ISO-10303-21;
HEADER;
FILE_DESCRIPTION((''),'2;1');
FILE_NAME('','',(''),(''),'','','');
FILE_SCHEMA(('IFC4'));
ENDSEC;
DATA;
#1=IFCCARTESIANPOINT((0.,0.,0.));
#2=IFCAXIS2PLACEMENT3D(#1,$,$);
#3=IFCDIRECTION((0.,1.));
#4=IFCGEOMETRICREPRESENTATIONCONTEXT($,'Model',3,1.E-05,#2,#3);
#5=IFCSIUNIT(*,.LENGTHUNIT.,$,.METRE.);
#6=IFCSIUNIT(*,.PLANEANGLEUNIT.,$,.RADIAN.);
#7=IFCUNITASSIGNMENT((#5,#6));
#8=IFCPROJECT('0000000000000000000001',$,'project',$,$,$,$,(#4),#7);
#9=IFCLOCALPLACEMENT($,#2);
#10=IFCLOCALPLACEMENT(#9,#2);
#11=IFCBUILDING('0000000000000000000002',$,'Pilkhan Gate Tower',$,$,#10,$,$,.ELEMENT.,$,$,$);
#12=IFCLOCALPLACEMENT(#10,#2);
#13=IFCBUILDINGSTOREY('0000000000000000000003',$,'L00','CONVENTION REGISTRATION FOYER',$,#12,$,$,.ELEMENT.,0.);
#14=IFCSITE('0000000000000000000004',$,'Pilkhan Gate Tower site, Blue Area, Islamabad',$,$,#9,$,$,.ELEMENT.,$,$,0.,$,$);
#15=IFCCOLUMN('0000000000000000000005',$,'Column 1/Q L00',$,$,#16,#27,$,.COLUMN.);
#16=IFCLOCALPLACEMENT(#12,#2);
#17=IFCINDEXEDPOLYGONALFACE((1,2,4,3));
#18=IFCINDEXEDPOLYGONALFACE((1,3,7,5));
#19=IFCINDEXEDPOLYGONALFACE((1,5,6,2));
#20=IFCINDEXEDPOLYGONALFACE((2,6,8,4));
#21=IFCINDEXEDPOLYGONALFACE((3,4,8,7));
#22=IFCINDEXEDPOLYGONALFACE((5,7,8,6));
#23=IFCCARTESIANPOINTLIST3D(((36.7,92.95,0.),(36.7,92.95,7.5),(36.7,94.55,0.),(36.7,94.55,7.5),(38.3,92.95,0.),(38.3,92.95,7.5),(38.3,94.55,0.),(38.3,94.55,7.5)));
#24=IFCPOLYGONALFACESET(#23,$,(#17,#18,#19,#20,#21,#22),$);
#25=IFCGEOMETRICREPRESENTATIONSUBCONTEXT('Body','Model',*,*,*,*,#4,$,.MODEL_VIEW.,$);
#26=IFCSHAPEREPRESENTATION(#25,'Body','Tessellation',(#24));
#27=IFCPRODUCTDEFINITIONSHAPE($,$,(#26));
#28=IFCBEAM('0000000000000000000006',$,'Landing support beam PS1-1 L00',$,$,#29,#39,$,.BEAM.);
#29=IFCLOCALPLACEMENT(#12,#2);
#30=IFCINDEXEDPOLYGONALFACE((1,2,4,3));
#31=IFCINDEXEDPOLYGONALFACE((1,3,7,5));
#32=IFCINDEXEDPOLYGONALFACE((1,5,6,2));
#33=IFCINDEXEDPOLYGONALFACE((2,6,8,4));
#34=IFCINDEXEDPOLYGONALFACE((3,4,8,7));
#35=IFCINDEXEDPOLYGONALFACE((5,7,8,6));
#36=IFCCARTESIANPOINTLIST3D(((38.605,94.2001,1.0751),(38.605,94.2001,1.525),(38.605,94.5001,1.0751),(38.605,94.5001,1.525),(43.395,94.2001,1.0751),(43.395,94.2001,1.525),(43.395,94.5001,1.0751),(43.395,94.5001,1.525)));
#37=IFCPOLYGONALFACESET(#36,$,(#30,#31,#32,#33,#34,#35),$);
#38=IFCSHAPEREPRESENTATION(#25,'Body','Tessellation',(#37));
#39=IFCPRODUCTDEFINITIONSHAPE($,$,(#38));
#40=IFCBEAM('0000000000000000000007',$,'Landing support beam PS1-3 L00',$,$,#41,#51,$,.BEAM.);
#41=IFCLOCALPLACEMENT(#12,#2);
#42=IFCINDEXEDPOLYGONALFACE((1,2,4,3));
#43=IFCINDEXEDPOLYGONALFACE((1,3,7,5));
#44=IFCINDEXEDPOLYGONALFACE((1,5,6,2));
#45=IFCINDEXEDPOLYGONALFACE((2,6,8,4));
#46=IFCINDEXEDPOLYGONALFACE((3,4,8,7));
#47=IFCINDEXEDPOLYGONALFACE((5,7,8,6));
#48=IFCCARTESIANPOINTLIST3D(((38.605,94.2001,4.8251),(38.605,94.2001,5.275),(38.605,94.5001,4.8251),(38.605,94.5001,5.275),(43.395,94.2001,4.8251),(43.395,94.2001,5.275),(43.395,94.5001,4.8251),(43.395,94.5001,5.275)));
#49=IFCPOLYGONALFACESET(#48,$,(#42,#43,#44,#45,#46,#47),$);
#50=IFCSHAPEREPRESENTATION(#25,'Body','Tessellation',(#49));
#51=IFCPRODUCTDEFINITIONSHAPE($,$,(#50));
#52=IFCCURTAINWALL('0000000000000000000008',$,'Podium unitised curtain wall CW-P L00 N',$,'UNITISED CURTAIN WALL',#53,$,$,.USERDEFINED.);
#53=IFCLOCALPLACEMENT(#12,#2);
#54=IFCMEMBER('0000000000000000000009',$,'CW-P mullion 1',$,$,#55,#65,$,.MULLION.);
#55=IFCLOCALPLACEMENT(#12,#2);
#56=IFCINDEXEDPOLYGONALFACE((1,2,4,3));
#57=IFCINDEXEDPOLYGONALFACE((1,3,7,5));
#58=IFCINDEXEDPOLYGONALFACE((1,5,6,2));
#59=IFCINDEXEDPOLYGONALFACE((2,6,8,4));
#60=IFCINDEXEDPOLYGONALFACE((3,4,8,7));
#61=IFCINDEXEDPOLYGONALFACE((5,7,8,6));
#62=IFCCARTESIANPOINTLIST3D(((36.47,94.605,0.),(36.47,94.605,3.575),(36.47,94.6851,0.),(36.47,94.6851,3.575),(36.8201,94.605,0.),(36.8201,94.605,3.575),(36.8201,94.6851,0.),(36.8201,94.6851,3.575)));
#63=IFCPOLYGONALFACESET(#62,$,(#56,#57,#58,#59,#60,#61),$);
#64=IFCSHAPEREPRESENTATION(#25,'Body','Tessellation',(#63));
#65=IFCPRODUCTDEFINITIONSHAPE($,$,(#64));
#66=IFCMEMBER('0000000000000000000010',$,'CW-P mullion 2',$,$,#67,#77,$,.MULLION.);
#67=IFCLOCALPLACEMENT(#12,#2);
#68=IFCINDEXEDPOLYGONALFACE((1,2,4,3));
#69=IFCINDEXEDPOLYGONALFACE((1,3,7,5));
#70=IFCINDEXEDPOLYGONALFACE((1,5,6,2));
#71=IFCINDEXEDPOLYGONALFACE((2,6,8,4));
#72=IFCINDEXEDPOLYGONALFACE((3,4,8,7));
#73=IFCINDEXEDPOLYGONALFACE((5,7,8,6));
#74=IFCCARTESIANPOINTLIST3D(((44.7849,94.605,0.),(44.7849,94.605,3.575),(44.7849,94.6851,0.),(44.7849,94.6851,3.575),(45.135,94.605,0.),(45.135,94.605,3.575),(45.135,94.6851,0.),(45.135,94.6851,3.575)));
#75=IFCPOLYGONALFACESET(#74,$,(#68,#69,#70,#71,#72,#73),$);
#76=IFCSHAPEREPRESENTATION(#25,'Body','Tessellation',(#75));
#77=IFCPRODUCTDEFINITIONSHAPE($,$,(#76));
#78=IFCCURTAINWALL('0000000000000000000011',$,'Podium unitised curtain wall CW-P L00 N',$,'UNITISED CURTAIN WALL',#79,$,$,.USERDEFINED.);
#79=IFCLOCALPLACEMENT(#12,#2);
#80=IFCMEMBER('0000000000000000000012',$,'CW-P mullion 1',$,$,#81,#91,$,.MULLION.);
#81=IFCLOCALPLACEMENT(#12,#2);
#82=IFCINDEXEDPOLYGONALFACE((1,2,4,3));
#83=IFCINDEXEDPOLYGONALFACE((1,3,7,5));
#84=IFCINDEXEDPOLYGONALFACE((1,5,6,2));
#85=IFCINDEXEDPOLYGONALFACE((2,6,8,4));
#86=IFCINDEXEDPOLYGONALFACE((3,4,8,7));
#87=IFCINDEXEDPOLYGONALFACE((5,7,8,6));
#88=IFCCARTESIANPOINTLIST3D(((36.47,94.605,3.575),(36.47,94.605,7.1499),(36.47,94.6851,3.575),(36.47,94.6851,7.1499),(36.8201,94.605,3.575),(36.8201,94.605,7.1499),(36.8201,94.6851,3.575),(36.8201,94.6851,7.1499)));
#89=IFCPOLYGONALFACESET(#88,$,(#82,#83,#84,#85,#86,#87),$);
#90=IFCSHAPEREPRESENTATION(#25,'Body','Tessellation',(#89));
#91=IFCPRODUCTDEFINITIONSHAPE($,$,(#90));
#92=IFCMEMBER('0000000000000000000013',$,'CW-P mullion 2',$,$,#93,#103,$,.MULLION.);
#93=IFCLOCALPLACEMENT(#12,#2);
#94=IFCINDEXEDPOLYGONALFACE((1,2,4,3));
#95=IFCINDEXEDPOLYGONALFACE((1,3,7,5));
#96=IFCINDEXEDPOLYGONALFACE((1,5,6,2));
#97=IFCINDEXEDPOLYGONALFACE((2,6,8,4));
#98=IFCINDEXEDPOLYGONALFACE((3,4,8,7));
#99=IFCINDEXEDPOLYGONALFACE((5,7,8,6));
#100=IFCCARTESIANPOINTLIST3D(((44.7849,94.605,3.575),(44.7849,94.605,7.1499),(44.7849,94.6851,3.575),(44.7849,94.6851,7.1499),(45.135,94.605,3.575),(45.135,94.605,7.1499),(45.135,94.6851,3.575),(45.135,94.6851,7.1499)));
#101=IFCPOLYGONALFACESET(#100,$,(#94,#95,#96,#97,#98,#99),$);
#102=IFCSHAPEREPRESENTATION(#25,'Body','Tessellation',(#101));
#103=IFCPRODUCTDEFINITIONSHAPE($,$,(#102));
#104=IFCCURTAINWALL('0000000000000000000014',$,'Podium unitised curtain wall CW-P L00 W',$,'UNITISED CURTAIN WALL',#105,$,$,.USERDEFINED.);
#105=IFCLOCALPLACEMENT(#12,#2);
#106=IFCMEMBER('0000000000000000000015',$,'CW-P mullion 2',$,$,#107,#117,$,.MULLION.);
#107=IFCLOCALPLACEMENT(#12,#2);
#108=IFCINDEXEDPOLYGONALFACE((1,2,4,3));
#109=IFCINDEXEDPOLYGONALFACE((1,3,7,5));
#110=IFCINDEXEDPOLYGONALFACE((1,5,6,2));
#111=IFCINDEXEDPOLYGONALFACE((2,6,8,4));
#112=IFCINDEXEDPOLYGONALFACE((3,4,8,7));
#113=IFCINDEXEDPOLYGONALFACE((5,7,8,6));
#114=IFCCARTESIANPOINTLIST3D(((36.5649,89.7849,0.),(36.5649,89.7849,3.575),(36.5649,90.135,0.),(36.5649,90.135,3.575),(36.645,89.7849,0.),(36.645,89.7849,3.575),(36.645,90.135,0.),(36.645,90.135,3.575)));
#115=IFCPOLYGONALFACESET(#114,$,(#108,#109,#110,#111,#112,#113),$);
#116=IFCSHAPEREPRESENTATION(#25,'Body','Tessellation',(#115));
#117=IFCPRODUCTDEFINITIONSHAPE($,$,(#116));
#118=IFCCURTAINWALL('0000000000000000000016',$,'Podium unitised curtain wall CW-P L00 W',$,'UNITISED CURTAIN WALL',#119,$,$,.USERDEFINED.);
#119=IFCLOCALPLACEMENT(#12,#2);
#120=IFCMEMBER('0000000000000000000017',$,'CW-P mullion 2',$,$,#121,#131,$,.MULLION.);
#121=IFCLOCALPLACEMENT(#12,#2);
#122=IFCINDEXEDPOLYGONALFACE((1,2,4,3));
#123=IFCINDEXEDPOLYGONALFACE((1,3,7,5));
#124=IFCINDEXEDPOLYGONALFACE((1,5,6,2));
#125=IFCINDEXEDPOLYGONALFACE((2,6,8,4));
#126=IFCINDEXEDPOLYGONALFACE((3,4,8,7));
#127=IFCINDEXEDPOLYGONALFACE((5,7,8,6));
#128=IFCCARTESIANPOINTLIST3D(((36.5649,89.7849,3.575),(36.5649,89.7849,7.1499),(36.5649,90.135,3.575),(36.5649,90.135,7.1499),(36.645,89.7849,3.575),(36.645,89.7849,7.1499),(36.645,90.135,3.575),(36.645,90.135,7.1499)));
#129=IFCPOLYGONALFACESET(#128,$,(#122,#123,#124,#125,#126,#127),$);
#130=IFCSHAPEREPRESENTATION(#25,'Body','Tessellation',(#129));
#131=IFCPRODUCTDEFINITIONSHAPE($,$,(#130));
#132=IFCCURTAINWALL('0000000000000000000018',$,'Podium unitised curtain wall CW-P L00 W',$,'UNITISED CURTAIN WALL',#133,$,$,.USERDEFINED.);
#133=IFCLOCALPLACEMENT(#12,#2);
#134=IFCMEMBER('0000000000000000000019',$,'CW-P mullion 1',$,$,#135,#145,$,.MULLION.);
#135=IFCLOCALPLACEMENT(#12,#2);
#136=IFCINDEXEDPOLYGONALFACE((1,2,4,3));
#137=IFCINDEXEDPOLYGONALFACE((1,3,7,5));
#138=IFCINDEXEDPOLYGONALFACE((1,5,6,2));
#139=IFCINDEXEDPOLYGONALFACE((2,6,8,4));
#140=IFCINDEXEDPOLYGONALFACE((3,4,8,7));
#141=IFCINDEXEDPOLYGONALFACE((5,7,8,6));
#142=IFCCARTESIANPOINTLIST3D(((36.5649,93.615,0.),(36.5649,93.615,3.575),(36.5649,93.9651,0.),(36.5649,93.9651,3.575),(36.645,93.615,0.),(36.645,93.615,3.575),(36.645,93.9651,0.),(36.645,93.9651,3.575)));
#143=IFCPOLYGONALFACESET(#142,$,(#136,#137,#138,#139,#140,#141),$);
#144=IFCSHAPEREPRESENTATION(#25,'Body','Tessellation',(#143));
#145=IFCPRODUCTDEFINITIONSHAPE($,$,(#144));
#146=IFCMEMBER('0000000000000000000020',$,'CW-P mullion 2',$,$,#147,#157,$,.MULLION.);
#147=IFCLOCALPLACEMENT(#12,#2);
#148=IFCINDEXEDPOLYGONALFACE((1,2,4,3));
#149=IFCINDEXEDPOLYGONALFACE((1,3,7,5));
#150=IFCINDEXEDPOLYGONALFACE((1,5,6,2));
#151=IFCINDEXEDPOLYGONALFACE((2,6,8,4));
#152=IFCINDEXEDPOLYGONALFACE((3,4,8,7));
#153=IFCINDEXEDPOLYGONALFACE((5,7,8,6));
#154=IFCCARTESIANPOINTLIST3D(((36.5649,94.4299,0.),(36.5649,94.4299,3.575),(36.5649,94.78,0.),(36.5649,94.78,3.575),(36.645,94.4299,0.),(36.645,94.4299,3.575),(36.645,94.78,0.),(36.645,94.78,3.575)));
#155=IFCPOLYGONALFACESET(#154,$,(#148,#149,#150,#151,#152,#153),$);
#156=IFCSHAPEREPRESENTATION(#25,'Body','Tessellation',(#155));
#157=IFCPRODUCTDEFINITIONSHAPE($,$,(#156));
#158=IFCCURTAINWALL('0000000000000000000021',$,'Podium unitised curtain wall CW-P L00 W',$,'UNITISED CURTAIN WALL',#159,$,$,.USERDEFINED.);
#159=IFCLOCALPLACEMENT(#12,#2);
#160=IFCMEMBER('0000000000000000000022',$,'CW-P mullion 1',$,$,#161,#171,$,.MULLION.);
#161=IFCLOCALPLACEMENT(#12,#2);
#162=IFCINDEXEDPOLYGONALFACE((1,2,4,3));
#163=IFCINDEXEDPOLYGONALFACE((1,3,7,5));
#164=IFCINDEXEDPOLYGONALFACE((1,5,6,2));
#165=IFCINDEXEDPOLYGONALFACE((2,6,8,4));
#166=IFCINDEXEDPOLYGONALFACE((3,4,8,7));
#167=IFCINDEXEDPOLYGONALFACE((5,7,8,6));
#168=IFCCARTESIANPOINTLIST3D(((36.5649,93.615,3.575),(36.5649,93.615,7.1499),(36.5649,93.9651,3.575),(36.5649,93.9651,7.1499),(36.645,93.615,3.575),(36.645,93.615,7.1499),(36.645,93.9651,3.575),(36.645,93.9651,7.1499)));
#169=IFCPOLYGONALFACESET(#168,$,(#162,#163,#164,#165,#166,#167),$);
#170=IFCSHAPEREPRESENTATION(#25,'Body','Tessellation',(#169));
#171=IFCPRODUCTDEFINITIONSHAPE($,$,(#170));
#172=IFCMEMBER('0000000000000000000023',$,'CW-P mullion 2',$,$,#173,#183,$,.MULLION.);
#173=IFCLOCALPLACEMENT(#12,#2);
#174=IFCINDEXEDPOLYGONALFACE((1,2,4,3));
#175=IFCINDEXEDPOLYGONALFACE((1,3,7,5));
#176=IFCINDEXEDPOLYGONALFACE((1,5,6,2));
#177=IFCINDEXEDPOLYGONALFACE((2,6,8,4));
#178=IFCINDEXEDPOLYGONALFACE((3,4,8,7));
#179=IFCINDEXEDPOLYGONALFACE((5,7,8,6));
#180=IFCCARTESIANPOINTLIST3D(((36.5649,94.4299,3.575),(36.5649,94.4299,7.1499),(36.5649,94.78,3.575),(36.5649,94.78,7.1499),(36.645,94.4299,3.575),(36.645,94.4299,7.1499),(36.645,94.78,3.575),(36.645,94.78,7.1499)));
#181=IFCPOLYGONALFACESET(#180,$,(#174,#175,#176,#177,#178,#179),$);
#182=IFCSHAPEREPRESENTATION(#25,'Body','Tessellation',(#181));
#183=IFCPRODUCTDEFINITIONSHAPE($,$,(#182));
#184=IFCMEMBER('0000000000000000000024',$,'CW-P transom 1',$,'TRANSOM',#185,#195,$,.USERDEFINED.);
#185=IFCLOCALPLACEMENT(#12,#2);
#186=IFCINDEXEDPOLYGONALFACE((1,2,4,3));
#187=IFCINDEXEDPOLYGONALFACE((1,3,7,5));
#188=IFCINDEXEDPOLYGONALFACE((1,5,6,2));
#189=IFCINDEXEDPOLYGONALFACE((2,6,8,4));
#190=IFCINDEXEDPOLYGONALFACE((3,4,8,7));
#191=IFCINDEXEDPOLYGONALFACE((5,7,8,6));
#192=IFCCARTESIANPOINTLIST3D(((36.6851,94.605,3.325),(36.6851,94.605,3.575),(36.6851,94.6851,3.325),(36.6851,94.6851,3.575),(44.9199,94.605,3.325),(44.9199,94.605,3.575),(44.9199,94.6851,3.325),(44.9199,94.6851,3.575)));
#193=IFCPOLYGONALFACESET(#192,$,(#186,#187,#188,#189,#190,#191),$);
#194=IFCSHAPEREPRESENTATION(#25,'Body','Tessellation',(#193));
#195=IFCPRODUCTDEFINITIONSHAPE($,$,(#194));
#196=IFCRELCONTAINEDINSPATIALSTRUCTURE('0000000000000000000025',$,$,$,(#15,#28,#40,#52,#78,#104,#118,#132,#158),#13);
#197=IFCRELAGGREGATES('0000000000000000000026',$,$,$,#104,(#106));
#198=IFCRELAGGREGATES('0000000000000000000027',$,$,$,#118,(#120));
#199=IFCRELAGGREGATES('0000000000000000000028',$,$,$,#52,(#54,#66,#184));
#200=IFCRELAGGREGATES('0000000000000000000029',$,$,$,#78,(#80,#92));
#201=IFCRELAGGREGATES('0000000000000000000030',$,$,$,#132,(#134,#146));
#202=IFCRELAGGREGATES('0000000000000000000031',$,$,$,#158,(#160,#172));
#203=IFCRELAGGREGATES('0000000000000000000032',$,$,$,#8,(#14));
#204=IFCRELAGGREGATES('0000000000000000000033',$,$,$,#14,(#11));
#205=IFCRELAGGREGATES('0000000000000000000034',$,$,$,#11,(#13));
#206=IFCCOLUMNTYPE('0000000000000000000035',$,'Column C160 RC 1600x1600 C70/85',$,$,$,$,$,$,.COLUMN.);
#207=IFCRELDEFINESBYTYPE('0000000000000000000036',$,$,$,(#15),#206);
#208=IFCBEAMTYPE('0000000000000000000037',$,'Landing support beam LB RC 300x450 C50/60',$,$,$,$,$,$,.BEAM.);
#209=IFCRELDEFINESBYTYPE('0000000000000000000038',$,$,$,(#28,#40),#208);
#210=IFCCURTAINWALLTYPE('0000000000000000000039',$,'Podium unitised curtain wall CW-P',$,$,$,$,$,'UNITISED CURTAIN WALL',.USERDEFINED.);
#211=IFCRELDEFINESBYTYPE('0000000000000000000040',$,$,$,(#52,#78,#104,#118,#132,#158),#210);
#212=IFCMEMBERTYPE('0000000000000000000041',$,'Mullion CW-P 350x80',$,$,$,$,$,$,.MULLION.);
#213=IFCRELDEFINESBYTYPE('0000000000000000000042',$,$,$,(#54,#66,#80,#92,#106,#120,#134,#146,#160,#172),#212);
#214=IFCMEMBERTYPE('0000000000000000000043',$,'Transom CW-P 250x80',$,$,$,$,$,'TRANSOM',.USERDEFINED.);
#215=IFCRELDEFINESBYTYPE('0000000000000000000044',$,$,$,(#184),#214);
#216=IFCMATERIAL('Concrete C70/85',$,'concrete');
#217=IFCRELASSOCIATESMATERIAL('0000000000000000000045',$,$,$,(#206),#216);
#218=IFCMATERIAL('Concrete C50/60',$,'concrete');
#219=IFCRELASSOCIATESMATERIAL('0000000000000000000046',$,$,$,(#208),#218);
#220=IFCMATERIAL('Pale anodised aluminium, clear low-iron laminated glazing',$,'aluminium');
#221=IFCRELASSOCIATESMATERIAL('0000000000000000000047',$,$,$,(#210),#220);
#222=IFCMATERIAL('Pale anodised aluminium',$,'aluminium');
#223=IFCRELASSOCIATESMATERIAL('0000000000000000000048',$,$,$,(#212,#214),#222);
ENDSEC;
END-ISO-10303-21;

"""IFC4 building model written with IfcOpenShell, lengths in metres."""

from ifc_helpers import new_model, si_unit, direction, frame, origin, origin_2d, place, context, subcontext, project, spatial, rectangle, extrude, material, material_profile, profile_set, type_object, element, aggregate, save


model = new_model("IFC4")

# Units and contexts
model_context = context("Model", 3, precision=1e-05, world=origin(), true_north=direction((0.0, 1.0)))
body_context = subcontext(model_context, "Body", "Model", "MODEL_VIEW")
ifc_project = project(units=[si_unit("LENGTHUNIT", "METRE"), si_unit("PLANEANGLEUNIT", "RADIAN")], contexts=[model_context])

# Site, building, storey
site_placement = place(None, origin())
site = spatial("IfcSite", under=ifc_project, at=site_placement, Name="Pilkhan Gate Tower site, Blue Area, Islamabad", CompositionType="ELEMENT", RefElevation=0.0)
building_placement = place(site_placement, origin())
building = spatial("IfcBuilding", under=site, at=building_placement, Name="Pilkhan Gate Tower", CompositionType="ELEMENT")
storey_placement = place(building_placement, origin())
storey = spatial("IfcBuildingStorey", under=building, at=storey_placement, Name="L00", Description="CONVENTION REGISTRATION FOYER", CompositionType="ELEMENT", Elevation=0.0)

# Column
ifc_material_1 = material(Name="Concrete C70/85", Category="concrete")
ifc_material_profile_1 = material_profile(ifc_material_1, rectangle(XDim=1.6001, YDim=1.6001, at=origin_2d()), Name="RC 1600x1600")
ifc_profile_set_1 = profile_set([ifc_material_profile_1], Name="Concrete C70/85")
column_type = type_object("IfcColumnType", Name="Column C160 RC 1600x1600 C70/85", PredefinedType="COLUMN", material=ifc_profile_set_1)
column_placement = place(storey_placement, frame((37.5, 93.75, 0.0), z_axis=(0.0, 0.0, 1.0), x_axis=(1.0, 0.0, 0.0)))
element("IfcColumn", 1, at=column_placement, inside=storey, type_object=column_type, Name="Column 1/Q L00", PredefinedType="COLUMN", context=body_context, shape_type="SweptSolid", body=[
    extrude(rectangle(XDim=1.6001, YDim=1.6001, at=origin_2d()), origin(), (0.0, 0.0, 1.0), 7.5),
])

# Beams
ifc_material_2 = material(Name="Concrete C50/60", Category="concrete")
ifc_material_profile_2 = material_profile(ifc_material_2, rectangle(XDim=0.3, YDim=0.45, at=origin_2d()), Name="RC 300x450")
ifc_profile_set_2 = profile_set([ifc_material_profile_2], Name="Concrete C50/60")
beam_type = type_object("IfcBeamType", Name="Landing support beam LB RC 300x450 C50/60", PredefinedType="BEAM", material=ifc_profile_set_2)
for number, where, z_axis, x_axis, name in (
    (2, (38.605, 94.3501, 1.3), (1.0, 0.0, 0.0), (0.0, 1.0, 0.0), "Landing support beam PS1-1 L00"),
    (3, (38.605, 94.3501, 5.05), (1.0, 0.0, 0.0), (0.0, 1.0, 0.0), "Landing support beam PS1-3 L00"),
):
    element("IfcBeam", number, at=place(storey_placement, frame(where, z_axis=z_axis, x_axis=x_axis)), inside=storey, type_object=beam_type, Name=name, PredefinedType="BEAM", context=body_context, shape_type="SweptSolid", body=[
        extrude(rectangle(XDim=0.3, YDim=0.45, at=origin_2d()), origin(), (0.0, 0.0, 1.0), 4.79),
    ])

# Curtain walls, members
ifc_material_3 = material(Name="Pale anodised aluminium, clear low-iron laminated glazing", Category="aluminium")
curtain_wall_type = type_object("IfcCurtainWallType", Name="Podium unitised curtain wall CW-P", ElementType="UNITISED CURTAIN WALL", PredefinedType="USERDEFINED", material=ifc_material_3)
curtain_wall_1_placement = place(storey_placement, origin())
curtain_wall_1 = element("IfcCurtainWall", 4, at=curtain_wall_1_placement, inside=storey, type_object=curtain_wall_type, Name="Podium unitised curtain wall CW-P L00 N", ObjectType="UNITISED CURTAIN WALL", PredefinedType="USERDEFINED")
ifc_material_4 = material(Name="Pale anodised aluminium", Category="aluminium")
ifc_material_profile_3 = material_profile(ifc_material_4, rectangle(XDim=0.0801, YDim=0.3501, at=origin_2d()), Name="Mullion 350x80")
ifc_profile_set_3 = profile_set([ifc_material_profile_3], Name="Pale anodised aluminium")
member_type_1 = type_object("IfcMemberType", Name="Mullion CW-P 350x80", PredefinedType="MULLION", material=ifc_profile_set_3)
member_1_placement = place(storey_placement, frame((36.645, 94.645, 0.0), z_axis=(0.0, 0.0, 1.0), x_axis=(0.0, 1.0, 0.0)))
member_1 = element("IfcMember", 5, at=member_1_placement, type_object=member_type_1, Name="CW-P mullion 1", PredefinedType="MULLION", context=body_context, shape_type="SweptSolid", body=[
    extrude(rectangle(XDim=0.0801, YDim=0.3501, at=origin_2d()), origin(), (0.0, 0.0, 1.0), 3.575),
])
member_2_placement = place(storey_placement, frame((44.96, 94.645, 0.0), z_axis=(0.0, 0.0, 1.0), x_axis=(0.0, 1.0, 0.0)))
member_2 = element("IfcMember", 6, at=member_2_placement, type_object=member_type_1, Name="CW-P mullion 2", PredefinedType="MULLION", context=body_context, shape_type="SweptSolid", body=[
    extrude(rectangle(XDim=0.0801, YDim=0.3501, at=origin_2d()), origin(), (0.0, 0.0, 1.0), 3.575),
])
curtain_wall_2_placement = place(storey_placement, origin())
curtain_wall_2 = element("IfcCurtainWall", 7, at=curtain_wall_2_placement, inside=storey, type_object=curtain_wall_type, Name="Podium unitised curtain wall CW-P L00 N", ObjectType="UNITISED CURTAIN WALL", PredefinedType="USERDEFINED")
member_3_placement = place(storey_placement, frame((36.645, 94.645, 3.575), z_axis=(0.0, 0.0, 1.0), x_axis=(0.0, 1.0, 0.0)))
member_3 = element("IfcMember", 8, at=member_3_placement, type_object=member_type_1, Name="CW-P mullion 1", PredefinedType="MULLION", context=body_context, shape_type="SweptSolid", body=[
    extrude(rectangle(XDim=0.0801, YDim=0.3501, at=origin_2d()), origin(), (0.0, 0.0, 1.0), 3.575),
])
member_4_placement = place(storey_placement, frame((44.96, 94.645, 3.575), z_axis=(0.0, 0.0, 1.0), x_axis=(0.0, 1.0, 0.0)))
member_4 = element("IfcMember", 9, at=member_4_placement, type_object=member_type_1, Name="CW-P mullion 2", PredefinedType="MULLION", context=body_context, shape_type="SweptSolid", body=[
    extrude(rectangle(XDim=0.0801, YDim=0.3501, at=origin_2d()), origin(), (0.0, 0.0, 1.0), 3.575),
])

# Curtain walls, members
curtain_wall_3_placement = place(storey_placement, origin())
curtain_wall_3 = element("IfcCurtainWall", 10, at=curtain_wall_3_placement, inside=storey, type_object=curtain_wall_type, Name="Podium unitised curtain wall CW-P L00 W", ObjectType="UNITISED CURTAIN WALL", PredefinedType="USERDEFINED")
member_5_placement = place(storey_placement, frame((36.605, 89.96, 0.0), z_axis=(0.0, 0.0, 1.0), x_axis=(-1.0, 0.0, 0.0)))
member_5 = element("IfcMember", 11, at=member_5_placement, type_object=member_type_1, Name="CW-P mullion 2", PredefinedType="MULLION", context=body_context, shape_type="SweptSolid", body=[
    extrude(rectangle(XDim=0.0801, YDim=0.3501, at=origin_2d()), origin(), (0.0, 0.0, 1.0), 3.575),
])
aggregate(curtain_wall_3, [member_5])
curtain_wall_4_placement = place(storey_placement, origin())
curtain_wall_4 = element("IfcCurtainWall", 12, at=curtain_wall_4_placement, inside=storey, type_object=curtain_wall_type, Name="Podium unitised curtain wall CW-P L00 W", ObjectType="UNITISED CURTAIN WALL", PredefinedType="USERDEFINED")
member_6_placement = place(storey_placement, frame((36.605, 89.96, 3.575), z_axis=(0.0, 0.0, 1.0), x_axis=(-1.0, 0.0, 0.0)))
member_6 = element("IfcMember", 13, at=member_6_placement, type_object=member_type_1, Name="CW-P mullion 2", PredefinedType="MULLION", context=body_context, shape_type="SweptSolid", body=[
    extrude(rectangle(XDim=0.0801, YDim=0.3501, at=origin_2d()), origin(), (0.0, 0.0, 1.0), 3.575),
])
aggregate(curtain_wall_4, [member_6])

# Curtain walls, members
curtain_wall_5_placement = place(storey_placement, origin())
curtain_wall_5 = element("IfcCurtainWall", 14, at=curtain_wall_5_placement, inside=storey, type_object=curtain_wall_type, Name="Podium unitised curtain wall CW-P L00 W", ObjectType="UNITISED CURTAIN WALL", PredefinedType="USERDEFINED")
member_7_placement = place(storey_placement, frame((36.605, 93.79, 0.0), z_axis=(0.0, 0.0, 1.0), x_axis=(-1.0, 0.0, 0.0)))
member_7 = element("IfcMember", 15, at=member_7_placement, type_object=member_type_1, Name="CW-P mullion 1", PredefinedType="MULLION", context=body_context, shape_type="SweptSolid", body=[
    extrude(rectangle(XDim=0.0801, YDim=0.3501, at=origin_2d()), origin(), (0.0, 0.0, 1.0), 3.575),
])
member_8_placement = place(storey_placement, frame((36.605, 94.605, 0.0), z_axis=(0.0, 0.0, 1.0), x_axis=(-1.0, 0.0, 0.0)))
member_8 = element("IfcMember", 16, at=member_8_placement, type_object=member_type_1, Name="CW-P mullion 2", PredefinedType="MULLION", context=body_context, shape_type="SweptSolid", body=[
    extrude(rectangle(XDim=0.0801, YDim=0.3501, at=origin_2d()), origin(), (0.0, 0.0, 1.0), 3.575),
])
curtain_wall_6_placement = place(storey_placement, origin())
curtain_wall_6 = element("IfcCurtainWall", 17, at=curtain_wall_6_placement, inside=storey, type_object=curtain_wall_type, Name="Podium unitised curtain wall CW-P L00 W", ObjectType="UNITISED CURTAIN WALL", PredefinedType="USERDEFINED")
member_9_placement = place(storey_placement, frame((36.605, 93.79, 3.575), z_axis=(0.0, 0.0, 1.0), x_axis=(-1.0, 0.0, 0.0)))
member_9 = element("IfcMember", 18, at=member_9_placement, type_object=member_type_1, Name="CW-P mullion 1", PredefinedType="MULLION", context=body_context, shape_type="SweptSolid", body=[
    extrude(rectangle(XDim=0.0801, YDim=0.3501, at=origin_2d()), origin(), (0.0, 0.0, 1.0), 3.575),
])
member_10_placement = place(storey_placement, frame((36.605, 94.605, 3.575), z_axis=(0.0, 0.0, 1.0), x_axis=(-1.0, 0.0, 0.0)))
member_10 = element("IfcMember", 19, at=member_10_placement, type_object=member_type_1, Name="CW-P mullion 2", PredefinedType="MULLION", context=body_context, shape_type="SweptSolid", body=[
    extrude(rectangle(XDim=0.0801, YDim=0.3501, at=origin_2d()), origin(), (0.0, 0.0, 1.0), 3.575),
])

# Member
ifc_material_profile_4 = material_profile(ifc_material_4, rectangle(XDim=0.0801, YDim=0.25, at=origin_2d()), Name="Transom 250x80")
ifc_profile_set_4 = profile_set([ifc_material_profile_4], Name="Pale anodised aluminium")
member_type_2 = type_object("IfcMemberType", Name="Transom CW-P 250x80", ElementType="TRANSOM", PredefinedType="USERDEFINED", material=ifc_profile_set_4)
member_11_placement = place(storey_placement, frame((36.6851, 94.645, 3.45), z_axis=(1.0, 0.0, 0.0), x_axis=(0.0, 1.0, 0.0)))
member_11 = element("IfcMember", 20, at=member_11_placement, type_object=member_type_2, Name="CW-P transom 1", ObjectType="TRANSOM", PredefinedType="USERDEFINED", context=body_context, shape_type="SweptSolid", body=[
    extrude(rectangle(XDim=0.0801, YDim=0.25, at=origin_2d()), origin(), (0.0, 0.0, 1.0), 8.2349),
])

aggregate(curtain_wall_1, [member_1, member_2, member_11])
aggregate(curtain_wall_2, [member_3, member_4])
aggregate(curtain_wall_5, [member_7, member_8])
aggregate(curtain_wall_6, [member_9, member_10])

save(model, "model.ifc")
